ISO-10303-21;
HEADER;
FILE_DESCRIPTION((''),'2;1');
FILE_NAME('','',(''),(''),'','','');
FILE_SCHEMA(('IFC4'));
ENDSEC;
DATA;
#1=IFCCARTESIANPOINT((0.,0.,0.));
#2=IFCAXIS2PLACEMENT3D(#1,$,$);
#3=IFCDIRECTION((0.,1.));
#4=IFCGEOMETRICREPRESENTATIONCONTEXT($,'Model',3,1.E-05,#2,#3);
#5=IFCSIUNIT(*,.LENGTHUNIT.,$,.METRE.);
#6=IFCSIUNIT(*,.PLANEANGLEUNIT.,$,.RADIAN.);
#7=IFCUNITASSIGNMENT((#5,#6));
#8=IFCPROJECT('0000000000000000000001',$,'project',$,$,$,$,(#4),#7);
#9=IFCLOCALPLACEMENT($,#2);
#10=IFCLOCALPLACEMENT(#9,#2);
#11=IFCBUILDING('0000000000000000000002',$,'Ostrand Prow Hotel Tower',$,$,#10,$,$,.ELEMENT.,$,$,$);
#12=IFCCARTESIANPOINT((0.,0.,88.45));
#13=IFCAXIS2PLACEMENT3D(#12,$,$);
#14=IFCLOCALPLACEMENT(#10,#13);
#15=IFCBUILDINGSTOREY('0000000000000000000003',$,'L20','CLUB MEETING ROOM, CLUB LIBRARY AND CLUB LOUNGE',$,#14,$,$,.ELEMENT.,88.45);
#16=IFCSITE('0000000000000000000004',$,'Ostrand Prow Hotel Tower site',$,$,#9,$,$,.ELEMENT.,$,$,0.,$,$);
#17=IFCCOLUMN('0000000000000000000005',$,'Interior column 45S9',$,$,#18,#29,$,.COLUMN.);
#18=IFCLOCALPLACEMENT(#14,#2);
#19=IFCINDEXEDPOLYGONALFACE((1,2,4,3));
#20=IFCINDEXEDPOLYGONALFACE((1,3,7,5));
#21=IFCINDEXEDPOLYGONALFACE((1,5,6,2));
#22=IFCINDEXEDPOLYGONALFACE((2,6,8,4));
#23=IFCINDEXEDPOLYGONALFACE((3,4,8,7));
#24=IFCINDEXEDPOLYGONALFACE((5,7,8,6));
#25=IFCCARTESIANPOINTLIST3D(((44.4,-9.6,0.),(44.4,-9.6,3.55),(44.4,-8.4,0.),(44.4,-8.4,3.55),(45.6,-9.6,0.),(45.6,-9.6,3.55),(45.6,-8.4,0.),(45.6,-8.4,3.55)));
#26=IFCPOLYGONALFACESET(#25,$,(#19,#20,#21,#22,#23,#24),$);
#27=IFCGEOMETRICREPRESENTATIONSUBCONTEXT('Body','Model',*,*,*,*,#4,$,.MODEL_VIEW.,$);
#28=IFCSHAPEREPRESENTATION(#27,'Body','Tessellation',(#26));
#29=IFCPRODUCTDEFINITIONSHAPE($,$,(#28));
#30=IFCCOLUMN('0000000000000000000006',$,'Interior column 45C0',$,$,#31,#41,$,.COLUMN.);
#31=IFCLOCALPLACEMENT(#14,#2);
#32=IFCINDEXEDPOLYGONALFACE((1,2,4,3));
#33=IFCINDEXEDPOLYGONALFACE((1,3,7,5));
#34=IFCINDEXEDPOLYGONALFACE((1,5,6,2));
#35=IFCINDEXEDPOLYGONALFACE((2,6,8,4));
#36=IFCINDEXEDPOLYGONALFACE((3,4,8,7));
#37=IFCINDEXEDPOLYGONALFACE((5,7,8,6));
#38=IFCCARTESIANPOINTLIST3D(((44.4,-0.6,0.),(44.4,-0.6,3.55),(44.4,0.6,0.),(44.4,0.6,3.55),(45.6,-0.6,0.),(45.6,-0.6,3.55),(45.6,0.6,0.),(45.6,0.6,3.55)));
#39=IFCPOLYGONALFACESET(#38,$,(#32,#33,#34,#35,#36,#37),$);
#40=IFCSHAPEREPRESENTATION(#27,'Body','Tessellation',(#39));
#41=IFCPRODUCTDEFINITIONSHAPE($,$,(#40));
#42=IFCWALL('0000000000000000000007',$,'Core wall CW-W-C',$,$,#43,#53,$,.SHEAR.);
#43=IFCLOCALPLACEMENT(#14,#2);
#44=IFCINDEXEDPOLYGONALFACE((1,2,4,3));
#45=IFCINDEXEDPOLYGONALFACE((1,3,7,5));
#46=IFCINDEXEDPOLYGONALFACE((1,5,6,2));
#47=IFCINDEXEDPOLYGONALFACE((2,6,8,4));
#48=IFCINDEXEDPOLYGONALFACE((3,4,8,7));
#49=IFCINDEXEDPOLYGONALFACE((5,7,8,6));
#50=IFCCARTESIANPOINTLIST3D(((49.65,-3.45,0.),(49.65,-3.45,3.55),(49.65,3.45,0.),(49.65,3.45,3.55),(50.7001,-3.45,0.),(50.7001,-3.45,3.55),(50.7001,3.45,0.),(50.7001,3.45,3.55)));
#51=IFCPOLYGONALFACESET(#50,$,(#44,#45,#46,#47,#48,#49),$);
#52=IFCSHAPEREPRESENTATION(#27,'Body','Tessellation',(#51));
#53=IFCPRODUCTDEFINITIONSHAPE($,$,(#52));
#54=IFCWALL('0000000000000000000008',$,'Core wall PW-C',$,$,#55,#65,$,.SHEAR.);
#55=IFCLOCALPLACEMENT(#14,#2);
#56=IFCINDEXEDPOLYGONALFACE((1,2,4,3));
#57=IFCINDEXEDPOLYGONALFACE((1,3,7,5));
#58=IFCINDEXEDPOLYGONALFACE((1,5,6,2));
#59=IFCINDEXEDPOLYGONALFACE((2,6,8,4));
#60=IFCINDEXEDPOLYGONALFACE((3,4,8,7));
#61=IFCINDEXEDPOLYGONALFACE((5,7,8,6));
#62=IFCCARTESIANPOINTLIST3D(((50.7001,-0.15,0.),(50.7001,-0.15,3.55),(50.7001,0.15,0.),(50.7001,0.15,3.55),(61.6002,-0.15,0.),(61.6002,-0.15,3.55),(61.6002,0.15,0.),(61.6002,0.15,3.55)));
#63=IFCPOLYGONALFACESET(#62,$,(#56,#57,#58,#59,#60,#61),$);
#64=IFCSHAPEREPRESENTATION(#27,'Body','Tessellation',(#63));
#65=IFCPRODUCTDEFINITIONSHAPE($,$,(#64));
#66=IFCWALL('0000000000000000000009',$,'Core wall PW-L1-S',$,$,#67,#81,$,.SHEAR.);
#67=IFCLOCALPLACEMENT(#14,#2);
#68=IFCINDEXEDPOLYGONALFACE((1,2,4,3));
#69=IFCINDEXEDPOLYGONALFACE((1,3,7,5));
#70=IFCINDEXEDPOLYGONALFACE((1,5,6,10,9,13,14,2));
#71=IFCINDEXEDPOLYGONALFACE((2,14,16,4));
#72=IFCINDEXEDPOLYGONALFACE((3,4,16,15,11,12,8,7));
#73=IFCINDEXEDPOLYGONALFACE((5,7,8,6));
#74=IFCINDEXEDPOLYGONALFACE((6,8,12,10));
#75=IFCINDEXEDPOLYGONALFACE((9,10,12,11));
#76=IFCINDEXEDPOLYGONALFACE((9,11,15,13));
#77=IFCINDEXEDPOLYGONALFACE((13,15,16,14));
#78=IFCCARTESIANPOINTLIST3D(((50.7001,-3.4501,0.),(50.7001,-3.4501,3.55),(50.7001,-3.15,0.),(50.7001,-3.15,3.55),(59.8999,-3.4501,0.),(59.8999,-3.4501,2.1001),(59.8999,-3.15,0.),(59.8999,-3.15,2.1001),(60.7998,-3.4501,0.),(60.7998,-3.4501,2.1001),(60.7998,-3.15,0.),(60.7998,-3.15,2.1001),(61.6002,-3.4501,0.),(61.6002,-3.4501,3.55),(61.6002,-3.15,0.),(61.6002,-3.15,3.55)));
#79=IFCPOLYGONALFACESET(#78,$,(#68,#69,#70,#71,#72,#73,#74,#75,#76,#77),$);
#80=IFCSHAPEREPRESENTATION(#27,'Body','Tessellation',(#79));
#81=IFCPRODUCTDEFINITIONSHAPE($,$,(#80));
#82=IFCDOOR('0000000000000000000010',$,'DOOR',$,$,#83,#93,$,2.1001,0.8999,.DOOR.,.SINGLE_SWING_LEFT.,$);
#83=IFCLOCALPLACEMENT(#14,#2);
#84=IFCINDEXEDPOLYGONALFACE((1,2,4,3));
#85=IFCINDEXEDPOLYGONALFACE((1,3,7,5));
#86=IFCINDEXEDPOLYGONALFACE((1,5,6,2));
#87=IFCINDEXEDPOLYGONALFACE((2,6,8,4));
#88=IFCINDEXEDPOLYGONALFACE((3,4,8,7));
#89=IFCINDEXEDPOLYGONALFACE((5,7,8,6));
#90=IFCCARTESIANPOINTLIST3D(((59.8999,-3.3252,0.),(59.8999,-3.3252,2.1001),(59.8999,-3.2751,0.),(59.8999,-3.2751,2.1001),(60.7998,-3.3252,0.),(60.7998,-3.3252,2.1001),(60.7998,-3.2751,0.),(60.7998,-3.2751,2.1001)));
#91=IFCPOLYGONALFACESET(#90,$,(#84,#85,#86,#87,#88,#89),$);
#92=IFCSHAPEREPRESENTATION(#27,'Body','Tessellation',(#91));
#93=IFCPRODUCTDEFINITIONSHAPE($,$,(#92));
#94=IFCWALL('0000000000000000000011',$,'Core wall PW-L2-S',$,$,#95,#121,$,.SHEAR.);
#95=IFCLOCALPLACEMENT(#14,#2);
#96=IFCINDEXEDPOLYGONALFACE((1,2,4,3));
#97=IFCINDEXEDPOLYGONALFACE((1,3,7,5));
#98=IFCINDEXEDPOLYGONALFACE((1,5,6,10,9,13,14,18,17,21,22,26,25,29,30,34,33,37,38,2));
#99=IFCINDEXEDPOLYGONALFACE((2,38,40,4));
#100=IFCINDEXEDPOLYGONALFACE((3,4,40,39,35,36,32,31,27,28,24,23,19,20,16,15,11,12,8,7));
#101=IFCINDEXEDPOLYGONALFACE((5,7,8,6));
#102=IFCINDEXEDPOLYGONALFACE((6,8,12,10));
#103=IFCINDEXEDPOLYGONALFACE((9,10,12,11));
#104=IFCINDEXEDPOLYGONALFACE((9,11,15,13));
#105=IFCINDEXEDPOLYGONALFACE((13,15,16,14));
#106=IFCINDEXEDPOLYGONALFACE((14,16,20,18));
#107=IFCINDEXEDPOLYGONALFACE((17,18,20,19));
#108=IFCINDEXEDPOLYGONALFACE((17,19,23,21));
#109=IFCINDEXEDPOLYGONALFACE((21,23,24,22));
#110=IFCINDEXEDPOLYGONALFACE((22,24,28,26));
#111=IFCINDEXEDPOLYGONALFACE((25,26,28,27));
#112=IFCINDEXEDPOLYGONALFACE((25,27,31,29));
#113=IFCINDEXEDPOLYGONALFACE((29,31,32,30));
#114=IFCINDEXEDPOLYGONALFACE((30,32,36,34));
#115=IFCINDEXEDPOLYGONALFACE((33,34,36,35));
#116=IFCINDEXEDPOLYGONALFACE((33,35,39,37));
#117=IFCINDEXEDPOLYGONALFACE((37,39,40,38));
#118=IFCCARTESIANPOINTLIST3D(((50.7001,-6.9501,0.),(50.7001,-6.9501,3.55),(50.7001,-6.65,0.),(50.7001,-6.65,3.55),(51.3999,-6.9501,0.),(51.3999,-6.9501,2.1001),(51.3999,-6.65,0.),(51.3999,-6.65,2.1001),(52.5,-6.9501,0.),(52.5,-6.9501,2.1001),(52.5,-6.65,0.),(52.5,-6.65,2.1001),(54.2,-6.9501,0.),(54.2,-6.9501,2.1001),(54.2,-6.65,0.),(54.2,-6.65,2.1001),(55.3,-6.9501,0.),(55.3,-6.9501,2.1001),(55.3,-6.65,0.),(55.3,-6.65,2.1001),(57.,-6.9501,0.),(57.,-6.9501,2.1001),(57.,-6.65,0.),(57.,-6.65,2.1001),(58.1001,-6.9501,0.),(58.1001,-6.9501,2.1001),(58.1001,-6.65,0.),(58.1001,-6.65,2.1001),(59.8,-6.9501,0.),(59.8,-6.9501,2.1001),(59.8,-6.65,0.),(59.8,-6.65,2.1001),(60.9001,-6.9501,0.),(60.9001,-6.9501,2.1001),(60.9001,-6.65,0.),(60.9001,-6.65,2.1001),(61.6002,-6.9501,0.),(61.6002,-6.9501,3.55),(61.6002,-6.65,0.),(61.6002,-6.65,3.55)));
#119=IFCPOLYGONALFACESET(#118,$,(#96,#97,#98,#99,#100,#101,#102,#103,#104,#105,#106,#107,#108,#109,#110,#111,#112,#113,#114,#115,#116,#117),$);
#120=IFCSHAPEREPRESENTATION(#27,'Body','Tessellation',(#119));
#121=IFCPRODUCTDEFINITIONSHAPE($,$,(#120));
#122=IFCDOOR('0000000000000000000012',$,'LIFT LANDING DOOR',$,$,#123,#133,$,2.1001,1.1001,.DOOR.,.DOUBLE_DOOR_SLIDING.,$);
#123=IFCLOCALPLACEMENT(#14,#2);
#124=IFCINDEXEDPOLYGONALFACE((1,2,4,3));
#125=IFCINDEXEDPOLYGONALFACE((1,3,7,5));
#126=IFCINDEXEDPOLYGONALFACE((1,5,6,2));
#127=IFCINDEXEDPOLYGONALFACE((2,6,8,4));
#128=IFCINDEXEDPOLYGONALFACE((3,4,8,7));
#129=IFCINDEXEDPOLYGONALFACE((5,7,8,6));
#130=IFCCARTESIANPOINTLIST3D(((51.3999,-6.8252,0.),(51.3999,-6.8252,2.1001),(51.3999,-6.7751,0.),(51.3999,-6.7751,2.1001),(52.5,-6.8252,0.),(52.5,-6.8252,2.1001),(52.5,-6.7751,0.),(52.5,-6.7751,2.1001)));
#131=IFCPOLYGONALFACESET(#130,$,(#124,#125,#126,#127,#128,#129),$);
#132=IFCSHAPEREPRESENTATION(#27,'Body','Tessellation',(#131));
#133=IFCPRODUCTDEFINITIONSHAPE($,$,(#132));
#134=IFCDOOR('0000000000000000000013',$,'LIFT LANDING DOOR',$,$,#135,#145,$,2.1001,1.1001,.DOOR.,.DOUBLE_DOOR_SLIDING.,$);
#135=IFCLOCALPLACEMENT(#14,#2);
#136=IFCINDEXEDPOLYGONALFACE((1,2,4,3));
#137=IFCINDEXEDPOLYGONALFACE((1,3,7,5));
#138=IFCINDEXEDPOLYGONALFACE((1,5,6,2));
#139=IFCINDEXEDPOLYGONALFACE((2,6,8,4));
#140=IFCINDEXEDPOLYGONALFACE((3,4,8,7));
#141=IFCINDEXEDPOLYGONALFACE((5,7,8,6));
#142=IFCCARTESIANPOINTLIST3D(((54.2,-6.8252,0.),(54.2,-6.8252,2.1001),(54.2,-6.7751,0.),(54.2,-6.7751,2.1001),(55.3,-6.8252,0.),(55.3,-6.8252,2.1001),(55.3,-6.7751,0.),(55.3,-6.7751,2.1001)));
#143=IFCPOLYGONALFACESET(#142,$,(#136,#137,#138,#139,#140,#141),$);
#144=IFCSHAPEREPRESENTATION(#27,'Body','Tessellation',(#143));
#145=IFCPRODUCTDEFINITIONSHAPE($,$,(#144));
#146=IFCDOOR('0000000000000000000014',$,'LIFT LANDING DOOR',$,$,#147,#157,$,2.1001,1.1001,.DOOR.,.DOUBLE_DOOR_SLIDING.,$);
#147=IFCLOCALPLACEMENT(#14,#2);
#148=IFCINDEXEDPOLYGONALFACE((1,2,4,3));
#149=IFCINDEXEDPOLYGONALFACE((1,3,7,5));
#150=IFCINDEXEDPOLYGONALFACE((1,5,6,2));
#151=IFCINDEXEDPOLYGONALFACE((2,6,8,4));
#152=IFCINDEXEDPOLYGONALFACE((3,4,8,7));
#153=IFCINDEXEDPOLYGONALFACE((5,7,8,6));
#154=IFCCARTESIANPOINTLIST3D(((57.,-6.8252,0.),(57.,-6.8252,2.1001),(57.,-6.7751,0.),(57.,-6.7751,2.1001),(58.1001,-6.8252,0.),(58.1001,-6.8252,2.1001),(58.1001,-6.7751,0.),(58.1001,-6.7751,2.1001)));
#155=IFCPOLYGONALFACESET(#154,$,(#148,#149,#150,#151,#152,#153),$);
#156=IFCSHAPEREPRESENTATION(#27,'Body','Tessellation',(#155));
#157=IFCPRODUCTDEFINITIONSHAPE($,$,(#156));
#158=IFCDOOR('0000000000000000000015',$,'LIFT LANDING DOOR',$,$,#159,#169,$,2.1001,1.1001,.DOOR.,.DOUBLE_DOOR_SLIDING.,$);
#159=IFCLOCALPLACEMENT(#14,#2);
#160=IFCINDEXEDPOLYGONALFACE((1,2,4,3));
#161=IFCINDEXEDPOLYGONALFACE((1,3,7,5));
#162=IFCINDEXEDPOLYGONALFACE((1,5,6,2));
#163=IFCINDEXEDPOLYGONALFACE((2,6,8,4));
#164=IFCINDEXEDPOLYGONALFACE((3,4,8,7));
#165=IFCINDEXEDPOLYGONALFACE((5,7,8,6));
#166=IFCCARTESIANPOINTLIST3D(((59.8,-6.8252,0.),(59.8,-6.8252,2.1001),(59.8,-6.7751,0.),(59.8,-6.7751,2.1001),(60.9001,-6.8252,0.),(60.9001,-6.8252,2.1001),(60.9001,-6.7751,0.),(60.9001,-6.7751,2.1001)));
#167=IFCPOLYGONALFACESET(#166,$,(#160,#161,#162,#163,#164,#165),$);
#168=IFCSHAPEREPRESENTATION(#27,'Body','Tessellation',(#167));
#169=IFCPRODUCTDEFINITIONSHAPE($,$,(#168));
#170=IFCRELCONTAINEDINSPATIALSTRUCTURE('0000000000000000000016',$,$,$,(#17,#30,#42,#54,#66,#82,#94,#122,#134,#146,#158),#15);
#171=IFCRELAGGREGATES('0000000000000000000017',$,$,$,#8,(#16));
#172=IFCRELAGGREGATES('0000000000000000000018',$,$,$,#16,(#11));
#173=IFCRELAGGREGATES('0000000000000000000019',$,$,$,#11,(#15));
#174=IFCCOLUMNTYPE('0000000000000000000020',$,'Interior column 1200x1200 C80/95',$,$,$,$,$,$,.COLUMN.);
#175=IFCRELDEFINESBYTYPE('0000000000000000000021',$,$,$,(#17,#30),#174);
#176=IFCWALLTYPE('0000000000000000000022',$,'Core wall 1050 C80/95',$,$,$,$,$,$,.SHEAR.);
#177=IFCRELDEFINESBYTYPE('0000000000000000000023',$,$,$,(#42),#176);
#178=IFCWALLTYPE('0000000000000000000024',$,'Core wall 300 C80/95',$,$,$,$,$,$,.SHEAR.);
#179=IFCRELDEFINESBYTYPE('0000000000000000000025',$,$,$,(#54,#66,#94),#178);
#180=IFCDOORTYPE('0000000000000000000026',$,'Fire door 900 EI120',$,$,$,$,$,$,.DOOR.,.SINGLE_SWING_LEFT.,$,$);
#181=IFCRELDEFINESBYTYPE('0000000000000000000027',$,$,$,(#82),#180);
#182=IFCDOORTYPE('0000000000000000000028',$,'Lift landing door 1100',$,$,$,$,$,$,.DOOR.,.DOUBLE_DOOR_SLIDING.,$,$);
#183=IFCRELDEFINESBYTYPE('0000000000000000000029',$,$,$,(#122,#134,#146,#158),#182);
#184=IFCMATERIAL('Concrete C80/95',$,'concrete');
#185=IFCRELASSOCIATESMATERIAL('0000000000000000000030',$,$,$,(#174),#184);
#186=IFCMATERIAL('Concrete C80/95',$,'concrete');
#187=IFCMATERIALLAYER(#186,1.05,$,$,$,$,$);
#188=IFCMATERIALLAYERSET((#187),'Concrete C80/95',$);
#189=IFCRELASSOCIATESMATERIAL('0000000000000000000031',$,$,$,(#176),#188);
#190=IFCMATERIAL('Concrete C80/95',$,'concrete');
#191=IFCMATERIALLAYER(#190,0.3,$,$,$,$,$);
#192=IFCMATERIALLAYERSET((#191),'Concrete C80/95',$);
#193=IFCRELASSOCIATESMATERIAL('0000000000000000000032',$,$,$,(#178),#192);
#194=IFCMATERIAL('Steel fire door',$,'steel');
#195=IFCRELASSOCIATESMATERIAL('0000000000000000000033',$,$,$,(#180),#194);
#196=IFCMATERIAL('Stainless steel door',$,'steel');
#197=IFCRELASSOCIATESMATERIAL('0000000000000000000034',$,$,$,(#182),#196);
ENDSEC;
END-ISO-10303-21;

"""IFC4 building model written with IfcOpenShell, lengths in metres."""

from ifc_helpers import new_model, si_unit, direction, frame, frame_2d, origin, origin_2d, place, context, subcontext, project, spatial, rectangle, extrude, material, layer, layer_set, material_profile, profile_set, type_object, element, fill, save


model = new_model("IFC4")

# Units and contexts
model_context = context("Model", 3, precision=1e-05, world=origin(), true_north=direction((0.0, 1.0)))
body_context = subcontext(model_context, "Body", "Model", "MODEL_VIEW")
ifc_project = project(units=[si_unit("LENGTHUNIT", "METRE"), si_unit("PLANEANGLEUNIT", "RADIAN")], contexts=[model_context])

# Site, building, storey
site_placement = place(None, origin())
site = spatial("IfcSite", under=ifc_project, at=site_placement, Name="Ostrand Prow Hotel Tower site", CompositionType="ELEMENT", RefElevation=0.0)
building_placement = place(site_placement, origin())
building = spatial("IfcBuilding", under=site, at=building_placement, Name="Ostrand Prow Hotel Tower", CompositionType="ELEMENT")
storey_placement = place(building_placement, frame((0.0, 0.0, 88.45)))
storey = spatial("IfcBuildingStorey", under=building, at=storey_placement, Name="L20", Description="CLUB MEETING ROOM, CLUB LIBRARY AND CLUB LOUNGE", CompositionType="ELEMENT", Elevation=88.45)

# Columns
ifc_material_1 = material(Name="Concrete C80/95", Category="concrete")
ifc_material_profile = material_profile(ifc_material_1, rectangle(XDim=1.2, YDim=1.2, at=origin_2d()), Name="RC 1200x1200")
ifc_profile_set = profile_set([ifc_material_profile], Name="Concrete C80/95")
column_type = type_object("IfcColumnType", Name="Interior column 1200x1200 C80/95", PredefinedType="COLUMN", material=ifc_profile_set)
for number, where, z_axis, x_axis, name in (
    (1, (45.0, -9.0, 0.0), (0.0, 0.0, 1.0), (1.0, 0.0, 0.0), "Interior column 45S9"),
    (2, (45.0, 0.0, 0.0), (0.0, 0.0, 1.0), (1.0, 0.0, 0.0), "Interior column 45C0"),
):
    element("IfcColumn", number, at=place(storey_placement, frame(where, z_axis=z_axis, x_axis=x_axis)), inside=storey, type_object=column_type, Name=name, PredefinedType="COLUMN", context=body_context, shape_type="SweptSolid", body=[
        extrude(rectangle(XDim=1.2, YDim=1.2, at=origin_2d()), origin(), (0.0, 0.0, 1.0), 3.55),
    ])

# Walls
ifc_material_2 = material(Name="Concrete C80/95", Category="concrete")
ifc_layer_1 = layer(ifc_material_2, 1.05)
ifc_layer_set_1 = layer_set([ifc_layer_1], Name="Concrete C80/95")
wall_type_1 = type_object("IfcWallType", Name="Core wall 1050 C80/95", PredefinedType="SHEAR", material=ifc_layer_set_1)
wall_1_placement = place(storey_placement, frame((50.175, -3.45, 0.0), z_axis=(0.0, 0.0, 1.0), x_axis=(0.0, 1.0, 0.0)))
element("IfcWall", 3, at=wall_1_placement, inside=storey, type_object=wall_type_1, Name="Core wall CW-W-C", PredefinedType="SHEAR", context=body_context, shape_type="SweptSolid", body=[
    extrude(rectangle(XDim=6.8999, YDim=1.05, at=frame_2d((3.45, 0.0))), origin(), (0.0, 0.0, 1.0), 3.55),
])
ifc_material_3 = material(Name="Concrete C80/95", Category="concrete")
ifc_layer_2 = layer(ifc_material_3, 0.3)
ifc_layer_set_2 = layer_set([ifc_layer_2], Name="Concrete C80/95")
wall_type_2 = type_object("IfcWallType", Name="Core wall 300 C80/95", PredefinedType="SHEAR", material=ifc_layer_set_2)
wall_2_placement = place(storey_placement, frame((50.7, 0.0, 0.0), z_axis=(0.0, 0.0, 1.0), x_axis=(1.0, 0.0, 0.0)))
element("IfcWall", 4, at=wall_2_placement, inside=storey, type_object=wall_type_2, Name="Core wall PW-C", PredefinedType="SHEAR", context=body_context, shape_type="SweptSolid", body=[
    extrude(rectangle(XDim=10.9001, YDim=0.3, at=frame_2d((5.4502, 0.0))), origin(), (0.0, 0.0, 1.0), 3.55),
])

# Wall, opening, door
wall_3_placement = place(storey_placement, frame((50.7, -3.3, 0.0), z_axis=(0.0, 0.0, 1.0), x_axis=(1.0, 0.0, 0.0)))
wall_3 = element("IfcWall", 5, at=wall_3_placement, inside=storey, type_object=wall_type_2, Name="Core wall PW-L1-S", PredefinedType="SHEAR", context=body_context, shape_type="SweptSolid", body=[
    extrude(rectangle(XDim=10.9001, YDim=0.3, at=frame_2d((5.4502, 0.0))), origin(), (0.0, 0.0, 1.0), 3.55),
])
opening_1_placement = place(wall_3_placement, frame((9.2, 0.0, 0.0)))
opening_1 = element("IfcOpeningElement", 6, at=opening_1_placement, cuts=wall_3, PredefinedType="OPENING", context=body_context, shape_type="SweptSolid", body=[
    extrude(rectangle(XDim=0.8999, YDim=2.1001, at=frame_2d((0.45, 1.05))), frame((0.0, 0.1599, 0.0), z_axis=(0.0, -1.0, 0.0), x_axis=(1.0, 0.0, 0.0)), (0.0, 0.0, 1.0), 0.3201),
])
ifc_material_4 = material(Name="Steel fire door", Category="steel")
door_type_1 = type_object("IfcDoorType", Name="Fire door 900 EI120", OperationType="SINGLE_SWING_LEFT", PredefinedType="DOOR", material=ifc_material_4)
door_1_placement = place(opening_1_placement, origin())
door_1 = element("IfcDoor", 7, at=door_1_placement, inside=storey, type_object=door_type_1, Name="DOOR", OperationType="SINGLE_SWING_LEFT", OverallHeight=2.1001, OverallWidth=0.8999, PredefinedType="DOOR", context=body_context, shape_type="SweptSolid", body=[
    extrude(rectangle(XDim=0.8999, YDim=2.1001, at=frame_2d((0.45, 1.05))), frame((0.0, 0.0249, 0.0), z_axis=(0.0, -1.0, 0.0), x_axis=(1.0, 0.0, 0.0)), (0.0, 0.0, 1.0), 0.05),
])
fill(opening_1, door_1)

# Wall, openings, doors
wall_4_placement = place(storey_placement, frame((50.7, -6.8, 0.0), z_axis=(0.0, 0.0, 1.0), x_axis=(1.0, 0.0, 0.0)))
wall_4 = element("IfcWall", 8, at=wall_4_placement, inside=storey, type_object=wall_type_2, Name="Core wall PW-L2-S", PredefinedType="SHEAR", context=body_context, shape_type="SweptSolid", body=[
    extrude(rectangle(XDim=10.9001, YDim=0.3, at=frame_2d((5.4502, 0.0))), origin(), (0.0, 0.0, 1.0), 3.55),
])
opening_2_placement = place(wall_4_placement, frame((0.7, 0.0, 0.0)))
opening_2 = element("IfcOpeningElement", 9, at=opening_2_placement, cuts=wall_4, PredefinedType="OPENING", context=body_context, shape_type="SweptSolid", body=[
    extrude(rectangle(XDim=1.1001, YDim=2.1001, at=frame_2d((0.55, 1.05))), frame((0.0, 0.1599, 0.0), z_axis=(0.0, -1.0, 0.0), x_axis=(1.0, 0.0, 0.0)), (0.0, 0.0, 1.0), 0.3201),
])
opening_3_placement = place(wall_4_placement, frame((3.5, 0.0, 0.0)))
opening_3 = element("IfcOpeningElement", 10, at=opening_3_placement, cuts=wall_4, PredefinedType="OPENING", context=body_context, shape_type="SweptSolid", body=[
    extrude(rectangle(XDim=1.1001, YDim=2.1001, at=frame_2d((0.55, 1.05))), frame((0.0, 0.1599, 0.0), z_axis=(0.0, -1.0, 0.0), x_axis=(1.0, 0.0, 0.0)), (0.0, 0.0, 1.0), 0.3201),
])
opening_4_placement = place(wall_4_placement, frame((6.3, 0.0, 0.0)))
opening_4 = element("IfcOpeningElement", 11, at=opening_4_placement, cuts=wall_4, PredefinedType="OPENING", context=body_context, shape_type="SweptSolid", body=[
    extrude(rectangle(XDim=1.1001, YDim=2.1001, at=frame_2d((0.55, 1.05))), frame((0.0, 0.1599, 0.0), z_axis=(0.0, -1.0, 0.0), x_axis=(1.0, 0.0, 0.0)), (0.0, 0.0, 1.0), 0.3201),
])
opening_5_placement = place(wall_4_placement, frame((9.1001, 0.0, 0.0)))
opening_5 = element("IfcOpeningElement", 12, at=opening_5_placement, cuts=wall_4, PredefinedType="OPENING", context=body_context, shape_type="SweptSolid", body=[
    extrude(rectangle(XDim=1.1001, YDim=2.1001, at=frame_2d((0.55, 1.05))), frame((0.0, 0.1599, 0.0), z_axis=(0.0, -1.0, 0.0), x_axis=(1.0, 0.0, 0.0)), (0.0, 0.0, 1.0), 0.3201),
])
ifc_material_5 = material(Name="Stainless steel door", Category="steel")
door_type_2 = type_object("IfcDoorType", Name="Lift landing door 1100", OperationType="DOUBLE_DOOR_SLIDING", PredefinedType="DOOR", material=ifc_material_5)
door_2_placement = place(opening_2_placement, origin())
door_2 = element("IfcDoor", 13, at=door_2_placement, inside=storey, type_object=door_type_2, Name="LIFT LANDING DOOR", OperationType="DOUBLE_DOOR_SLIDING", OverallHeight=2.1001, OverallWidth=1.1001, PredefinedType="DOOR", context=body_context, shape_type="SweptSolid", body=[
    extrude(rectangle(XDim=1.1001, YDim=2.1001, at=frame_2d((0.55, 1.05))), frame((0.0, 0.0249, 0.0), z_axis=(0.0, -1.0, 0.0), x_axis=(1.0, 0.0, 0.0)), (0.0, 0.0, 1.0), 0.05),
])
fill(opening_2, door_2)
door_3_placement = place(opening_3_placement, origin())
door_3 = element("IfcDoor", 14, at=door_3_placement, inside=storey, type_object=door_type_2, Name="LIFT LANDING DOOR", OperationType="DOUBLE_DOOR_SLIDING", OverallHeight=2.1001, OverallWidth=1.1001, PredefinedType="DOOR", context=body_context, shape_type="SweptSolid", body=[
    extrude(rectangle(XDim=1.1001, YDim=2.1001, at=frame_2d((0.55, 1.05))), frame((0.0, 0.0249, 0.0), z_axis=(0.0, -1.0, 0.0), x_axis=(1.0, 0.0, 0.0)), (0.0, 0.0, 1.0), 0.05),
])
fill(opening_3, door_3)
door_4_placement = place(opening_4_placement, origin())
door_4 = element("IfcDoor", 15, at=door_4_placement, inside=storey, type_object=door_type_2, Name="LIFT LANDING DOOR", OperationType="DOUBLE_DOOR_SLIDING", OverallHeight=2.1001, OverallWidth=1.1001, PredefinedType="DOOR", context=body_context, shape_type="SweptSolid", body=[
    extrude(rectangle(XDim=1.1001, YDim=2.1001, at=frame_2d((0.55, 1.05))), frame((0.0, 0.0249, 0.0), z_axis=(0.0, -1.0, 0.0), x_axis=(1.0, 0.0, 0.0)), (0.0, 0.0, 1.0), 0.05),
])
fill(opening_4, door_4)
door_5_placement = place(opening_5_placement, origin())
door_5 = element("IfcDoor", 16, at=door_5_placement, inside=storey, type_object=door_type_2, Name="LIFT LANDING DOOR", OperationType="DOUBLE_DOOR_SLIDING", OverallHeight=2.1001, OverallWidth=1.1001, PredefinedType="DOOR", context=body_context, shape_type="SweptSolid", body=[
    extrude(rectangle(XDim=1.1001, YDim=2.1001, at=frame_2d((0.55, 1.05))), frame((0.0, 0.0249, 0.0), z_axis=(0.0, -1.0, 0.0), x_axis=(1.0, 0.0, 0.0)), (0.0, 0.0, 1.0), 0.05),
])
fill(opening_5, door_5)

save(model, "model.ifc")
